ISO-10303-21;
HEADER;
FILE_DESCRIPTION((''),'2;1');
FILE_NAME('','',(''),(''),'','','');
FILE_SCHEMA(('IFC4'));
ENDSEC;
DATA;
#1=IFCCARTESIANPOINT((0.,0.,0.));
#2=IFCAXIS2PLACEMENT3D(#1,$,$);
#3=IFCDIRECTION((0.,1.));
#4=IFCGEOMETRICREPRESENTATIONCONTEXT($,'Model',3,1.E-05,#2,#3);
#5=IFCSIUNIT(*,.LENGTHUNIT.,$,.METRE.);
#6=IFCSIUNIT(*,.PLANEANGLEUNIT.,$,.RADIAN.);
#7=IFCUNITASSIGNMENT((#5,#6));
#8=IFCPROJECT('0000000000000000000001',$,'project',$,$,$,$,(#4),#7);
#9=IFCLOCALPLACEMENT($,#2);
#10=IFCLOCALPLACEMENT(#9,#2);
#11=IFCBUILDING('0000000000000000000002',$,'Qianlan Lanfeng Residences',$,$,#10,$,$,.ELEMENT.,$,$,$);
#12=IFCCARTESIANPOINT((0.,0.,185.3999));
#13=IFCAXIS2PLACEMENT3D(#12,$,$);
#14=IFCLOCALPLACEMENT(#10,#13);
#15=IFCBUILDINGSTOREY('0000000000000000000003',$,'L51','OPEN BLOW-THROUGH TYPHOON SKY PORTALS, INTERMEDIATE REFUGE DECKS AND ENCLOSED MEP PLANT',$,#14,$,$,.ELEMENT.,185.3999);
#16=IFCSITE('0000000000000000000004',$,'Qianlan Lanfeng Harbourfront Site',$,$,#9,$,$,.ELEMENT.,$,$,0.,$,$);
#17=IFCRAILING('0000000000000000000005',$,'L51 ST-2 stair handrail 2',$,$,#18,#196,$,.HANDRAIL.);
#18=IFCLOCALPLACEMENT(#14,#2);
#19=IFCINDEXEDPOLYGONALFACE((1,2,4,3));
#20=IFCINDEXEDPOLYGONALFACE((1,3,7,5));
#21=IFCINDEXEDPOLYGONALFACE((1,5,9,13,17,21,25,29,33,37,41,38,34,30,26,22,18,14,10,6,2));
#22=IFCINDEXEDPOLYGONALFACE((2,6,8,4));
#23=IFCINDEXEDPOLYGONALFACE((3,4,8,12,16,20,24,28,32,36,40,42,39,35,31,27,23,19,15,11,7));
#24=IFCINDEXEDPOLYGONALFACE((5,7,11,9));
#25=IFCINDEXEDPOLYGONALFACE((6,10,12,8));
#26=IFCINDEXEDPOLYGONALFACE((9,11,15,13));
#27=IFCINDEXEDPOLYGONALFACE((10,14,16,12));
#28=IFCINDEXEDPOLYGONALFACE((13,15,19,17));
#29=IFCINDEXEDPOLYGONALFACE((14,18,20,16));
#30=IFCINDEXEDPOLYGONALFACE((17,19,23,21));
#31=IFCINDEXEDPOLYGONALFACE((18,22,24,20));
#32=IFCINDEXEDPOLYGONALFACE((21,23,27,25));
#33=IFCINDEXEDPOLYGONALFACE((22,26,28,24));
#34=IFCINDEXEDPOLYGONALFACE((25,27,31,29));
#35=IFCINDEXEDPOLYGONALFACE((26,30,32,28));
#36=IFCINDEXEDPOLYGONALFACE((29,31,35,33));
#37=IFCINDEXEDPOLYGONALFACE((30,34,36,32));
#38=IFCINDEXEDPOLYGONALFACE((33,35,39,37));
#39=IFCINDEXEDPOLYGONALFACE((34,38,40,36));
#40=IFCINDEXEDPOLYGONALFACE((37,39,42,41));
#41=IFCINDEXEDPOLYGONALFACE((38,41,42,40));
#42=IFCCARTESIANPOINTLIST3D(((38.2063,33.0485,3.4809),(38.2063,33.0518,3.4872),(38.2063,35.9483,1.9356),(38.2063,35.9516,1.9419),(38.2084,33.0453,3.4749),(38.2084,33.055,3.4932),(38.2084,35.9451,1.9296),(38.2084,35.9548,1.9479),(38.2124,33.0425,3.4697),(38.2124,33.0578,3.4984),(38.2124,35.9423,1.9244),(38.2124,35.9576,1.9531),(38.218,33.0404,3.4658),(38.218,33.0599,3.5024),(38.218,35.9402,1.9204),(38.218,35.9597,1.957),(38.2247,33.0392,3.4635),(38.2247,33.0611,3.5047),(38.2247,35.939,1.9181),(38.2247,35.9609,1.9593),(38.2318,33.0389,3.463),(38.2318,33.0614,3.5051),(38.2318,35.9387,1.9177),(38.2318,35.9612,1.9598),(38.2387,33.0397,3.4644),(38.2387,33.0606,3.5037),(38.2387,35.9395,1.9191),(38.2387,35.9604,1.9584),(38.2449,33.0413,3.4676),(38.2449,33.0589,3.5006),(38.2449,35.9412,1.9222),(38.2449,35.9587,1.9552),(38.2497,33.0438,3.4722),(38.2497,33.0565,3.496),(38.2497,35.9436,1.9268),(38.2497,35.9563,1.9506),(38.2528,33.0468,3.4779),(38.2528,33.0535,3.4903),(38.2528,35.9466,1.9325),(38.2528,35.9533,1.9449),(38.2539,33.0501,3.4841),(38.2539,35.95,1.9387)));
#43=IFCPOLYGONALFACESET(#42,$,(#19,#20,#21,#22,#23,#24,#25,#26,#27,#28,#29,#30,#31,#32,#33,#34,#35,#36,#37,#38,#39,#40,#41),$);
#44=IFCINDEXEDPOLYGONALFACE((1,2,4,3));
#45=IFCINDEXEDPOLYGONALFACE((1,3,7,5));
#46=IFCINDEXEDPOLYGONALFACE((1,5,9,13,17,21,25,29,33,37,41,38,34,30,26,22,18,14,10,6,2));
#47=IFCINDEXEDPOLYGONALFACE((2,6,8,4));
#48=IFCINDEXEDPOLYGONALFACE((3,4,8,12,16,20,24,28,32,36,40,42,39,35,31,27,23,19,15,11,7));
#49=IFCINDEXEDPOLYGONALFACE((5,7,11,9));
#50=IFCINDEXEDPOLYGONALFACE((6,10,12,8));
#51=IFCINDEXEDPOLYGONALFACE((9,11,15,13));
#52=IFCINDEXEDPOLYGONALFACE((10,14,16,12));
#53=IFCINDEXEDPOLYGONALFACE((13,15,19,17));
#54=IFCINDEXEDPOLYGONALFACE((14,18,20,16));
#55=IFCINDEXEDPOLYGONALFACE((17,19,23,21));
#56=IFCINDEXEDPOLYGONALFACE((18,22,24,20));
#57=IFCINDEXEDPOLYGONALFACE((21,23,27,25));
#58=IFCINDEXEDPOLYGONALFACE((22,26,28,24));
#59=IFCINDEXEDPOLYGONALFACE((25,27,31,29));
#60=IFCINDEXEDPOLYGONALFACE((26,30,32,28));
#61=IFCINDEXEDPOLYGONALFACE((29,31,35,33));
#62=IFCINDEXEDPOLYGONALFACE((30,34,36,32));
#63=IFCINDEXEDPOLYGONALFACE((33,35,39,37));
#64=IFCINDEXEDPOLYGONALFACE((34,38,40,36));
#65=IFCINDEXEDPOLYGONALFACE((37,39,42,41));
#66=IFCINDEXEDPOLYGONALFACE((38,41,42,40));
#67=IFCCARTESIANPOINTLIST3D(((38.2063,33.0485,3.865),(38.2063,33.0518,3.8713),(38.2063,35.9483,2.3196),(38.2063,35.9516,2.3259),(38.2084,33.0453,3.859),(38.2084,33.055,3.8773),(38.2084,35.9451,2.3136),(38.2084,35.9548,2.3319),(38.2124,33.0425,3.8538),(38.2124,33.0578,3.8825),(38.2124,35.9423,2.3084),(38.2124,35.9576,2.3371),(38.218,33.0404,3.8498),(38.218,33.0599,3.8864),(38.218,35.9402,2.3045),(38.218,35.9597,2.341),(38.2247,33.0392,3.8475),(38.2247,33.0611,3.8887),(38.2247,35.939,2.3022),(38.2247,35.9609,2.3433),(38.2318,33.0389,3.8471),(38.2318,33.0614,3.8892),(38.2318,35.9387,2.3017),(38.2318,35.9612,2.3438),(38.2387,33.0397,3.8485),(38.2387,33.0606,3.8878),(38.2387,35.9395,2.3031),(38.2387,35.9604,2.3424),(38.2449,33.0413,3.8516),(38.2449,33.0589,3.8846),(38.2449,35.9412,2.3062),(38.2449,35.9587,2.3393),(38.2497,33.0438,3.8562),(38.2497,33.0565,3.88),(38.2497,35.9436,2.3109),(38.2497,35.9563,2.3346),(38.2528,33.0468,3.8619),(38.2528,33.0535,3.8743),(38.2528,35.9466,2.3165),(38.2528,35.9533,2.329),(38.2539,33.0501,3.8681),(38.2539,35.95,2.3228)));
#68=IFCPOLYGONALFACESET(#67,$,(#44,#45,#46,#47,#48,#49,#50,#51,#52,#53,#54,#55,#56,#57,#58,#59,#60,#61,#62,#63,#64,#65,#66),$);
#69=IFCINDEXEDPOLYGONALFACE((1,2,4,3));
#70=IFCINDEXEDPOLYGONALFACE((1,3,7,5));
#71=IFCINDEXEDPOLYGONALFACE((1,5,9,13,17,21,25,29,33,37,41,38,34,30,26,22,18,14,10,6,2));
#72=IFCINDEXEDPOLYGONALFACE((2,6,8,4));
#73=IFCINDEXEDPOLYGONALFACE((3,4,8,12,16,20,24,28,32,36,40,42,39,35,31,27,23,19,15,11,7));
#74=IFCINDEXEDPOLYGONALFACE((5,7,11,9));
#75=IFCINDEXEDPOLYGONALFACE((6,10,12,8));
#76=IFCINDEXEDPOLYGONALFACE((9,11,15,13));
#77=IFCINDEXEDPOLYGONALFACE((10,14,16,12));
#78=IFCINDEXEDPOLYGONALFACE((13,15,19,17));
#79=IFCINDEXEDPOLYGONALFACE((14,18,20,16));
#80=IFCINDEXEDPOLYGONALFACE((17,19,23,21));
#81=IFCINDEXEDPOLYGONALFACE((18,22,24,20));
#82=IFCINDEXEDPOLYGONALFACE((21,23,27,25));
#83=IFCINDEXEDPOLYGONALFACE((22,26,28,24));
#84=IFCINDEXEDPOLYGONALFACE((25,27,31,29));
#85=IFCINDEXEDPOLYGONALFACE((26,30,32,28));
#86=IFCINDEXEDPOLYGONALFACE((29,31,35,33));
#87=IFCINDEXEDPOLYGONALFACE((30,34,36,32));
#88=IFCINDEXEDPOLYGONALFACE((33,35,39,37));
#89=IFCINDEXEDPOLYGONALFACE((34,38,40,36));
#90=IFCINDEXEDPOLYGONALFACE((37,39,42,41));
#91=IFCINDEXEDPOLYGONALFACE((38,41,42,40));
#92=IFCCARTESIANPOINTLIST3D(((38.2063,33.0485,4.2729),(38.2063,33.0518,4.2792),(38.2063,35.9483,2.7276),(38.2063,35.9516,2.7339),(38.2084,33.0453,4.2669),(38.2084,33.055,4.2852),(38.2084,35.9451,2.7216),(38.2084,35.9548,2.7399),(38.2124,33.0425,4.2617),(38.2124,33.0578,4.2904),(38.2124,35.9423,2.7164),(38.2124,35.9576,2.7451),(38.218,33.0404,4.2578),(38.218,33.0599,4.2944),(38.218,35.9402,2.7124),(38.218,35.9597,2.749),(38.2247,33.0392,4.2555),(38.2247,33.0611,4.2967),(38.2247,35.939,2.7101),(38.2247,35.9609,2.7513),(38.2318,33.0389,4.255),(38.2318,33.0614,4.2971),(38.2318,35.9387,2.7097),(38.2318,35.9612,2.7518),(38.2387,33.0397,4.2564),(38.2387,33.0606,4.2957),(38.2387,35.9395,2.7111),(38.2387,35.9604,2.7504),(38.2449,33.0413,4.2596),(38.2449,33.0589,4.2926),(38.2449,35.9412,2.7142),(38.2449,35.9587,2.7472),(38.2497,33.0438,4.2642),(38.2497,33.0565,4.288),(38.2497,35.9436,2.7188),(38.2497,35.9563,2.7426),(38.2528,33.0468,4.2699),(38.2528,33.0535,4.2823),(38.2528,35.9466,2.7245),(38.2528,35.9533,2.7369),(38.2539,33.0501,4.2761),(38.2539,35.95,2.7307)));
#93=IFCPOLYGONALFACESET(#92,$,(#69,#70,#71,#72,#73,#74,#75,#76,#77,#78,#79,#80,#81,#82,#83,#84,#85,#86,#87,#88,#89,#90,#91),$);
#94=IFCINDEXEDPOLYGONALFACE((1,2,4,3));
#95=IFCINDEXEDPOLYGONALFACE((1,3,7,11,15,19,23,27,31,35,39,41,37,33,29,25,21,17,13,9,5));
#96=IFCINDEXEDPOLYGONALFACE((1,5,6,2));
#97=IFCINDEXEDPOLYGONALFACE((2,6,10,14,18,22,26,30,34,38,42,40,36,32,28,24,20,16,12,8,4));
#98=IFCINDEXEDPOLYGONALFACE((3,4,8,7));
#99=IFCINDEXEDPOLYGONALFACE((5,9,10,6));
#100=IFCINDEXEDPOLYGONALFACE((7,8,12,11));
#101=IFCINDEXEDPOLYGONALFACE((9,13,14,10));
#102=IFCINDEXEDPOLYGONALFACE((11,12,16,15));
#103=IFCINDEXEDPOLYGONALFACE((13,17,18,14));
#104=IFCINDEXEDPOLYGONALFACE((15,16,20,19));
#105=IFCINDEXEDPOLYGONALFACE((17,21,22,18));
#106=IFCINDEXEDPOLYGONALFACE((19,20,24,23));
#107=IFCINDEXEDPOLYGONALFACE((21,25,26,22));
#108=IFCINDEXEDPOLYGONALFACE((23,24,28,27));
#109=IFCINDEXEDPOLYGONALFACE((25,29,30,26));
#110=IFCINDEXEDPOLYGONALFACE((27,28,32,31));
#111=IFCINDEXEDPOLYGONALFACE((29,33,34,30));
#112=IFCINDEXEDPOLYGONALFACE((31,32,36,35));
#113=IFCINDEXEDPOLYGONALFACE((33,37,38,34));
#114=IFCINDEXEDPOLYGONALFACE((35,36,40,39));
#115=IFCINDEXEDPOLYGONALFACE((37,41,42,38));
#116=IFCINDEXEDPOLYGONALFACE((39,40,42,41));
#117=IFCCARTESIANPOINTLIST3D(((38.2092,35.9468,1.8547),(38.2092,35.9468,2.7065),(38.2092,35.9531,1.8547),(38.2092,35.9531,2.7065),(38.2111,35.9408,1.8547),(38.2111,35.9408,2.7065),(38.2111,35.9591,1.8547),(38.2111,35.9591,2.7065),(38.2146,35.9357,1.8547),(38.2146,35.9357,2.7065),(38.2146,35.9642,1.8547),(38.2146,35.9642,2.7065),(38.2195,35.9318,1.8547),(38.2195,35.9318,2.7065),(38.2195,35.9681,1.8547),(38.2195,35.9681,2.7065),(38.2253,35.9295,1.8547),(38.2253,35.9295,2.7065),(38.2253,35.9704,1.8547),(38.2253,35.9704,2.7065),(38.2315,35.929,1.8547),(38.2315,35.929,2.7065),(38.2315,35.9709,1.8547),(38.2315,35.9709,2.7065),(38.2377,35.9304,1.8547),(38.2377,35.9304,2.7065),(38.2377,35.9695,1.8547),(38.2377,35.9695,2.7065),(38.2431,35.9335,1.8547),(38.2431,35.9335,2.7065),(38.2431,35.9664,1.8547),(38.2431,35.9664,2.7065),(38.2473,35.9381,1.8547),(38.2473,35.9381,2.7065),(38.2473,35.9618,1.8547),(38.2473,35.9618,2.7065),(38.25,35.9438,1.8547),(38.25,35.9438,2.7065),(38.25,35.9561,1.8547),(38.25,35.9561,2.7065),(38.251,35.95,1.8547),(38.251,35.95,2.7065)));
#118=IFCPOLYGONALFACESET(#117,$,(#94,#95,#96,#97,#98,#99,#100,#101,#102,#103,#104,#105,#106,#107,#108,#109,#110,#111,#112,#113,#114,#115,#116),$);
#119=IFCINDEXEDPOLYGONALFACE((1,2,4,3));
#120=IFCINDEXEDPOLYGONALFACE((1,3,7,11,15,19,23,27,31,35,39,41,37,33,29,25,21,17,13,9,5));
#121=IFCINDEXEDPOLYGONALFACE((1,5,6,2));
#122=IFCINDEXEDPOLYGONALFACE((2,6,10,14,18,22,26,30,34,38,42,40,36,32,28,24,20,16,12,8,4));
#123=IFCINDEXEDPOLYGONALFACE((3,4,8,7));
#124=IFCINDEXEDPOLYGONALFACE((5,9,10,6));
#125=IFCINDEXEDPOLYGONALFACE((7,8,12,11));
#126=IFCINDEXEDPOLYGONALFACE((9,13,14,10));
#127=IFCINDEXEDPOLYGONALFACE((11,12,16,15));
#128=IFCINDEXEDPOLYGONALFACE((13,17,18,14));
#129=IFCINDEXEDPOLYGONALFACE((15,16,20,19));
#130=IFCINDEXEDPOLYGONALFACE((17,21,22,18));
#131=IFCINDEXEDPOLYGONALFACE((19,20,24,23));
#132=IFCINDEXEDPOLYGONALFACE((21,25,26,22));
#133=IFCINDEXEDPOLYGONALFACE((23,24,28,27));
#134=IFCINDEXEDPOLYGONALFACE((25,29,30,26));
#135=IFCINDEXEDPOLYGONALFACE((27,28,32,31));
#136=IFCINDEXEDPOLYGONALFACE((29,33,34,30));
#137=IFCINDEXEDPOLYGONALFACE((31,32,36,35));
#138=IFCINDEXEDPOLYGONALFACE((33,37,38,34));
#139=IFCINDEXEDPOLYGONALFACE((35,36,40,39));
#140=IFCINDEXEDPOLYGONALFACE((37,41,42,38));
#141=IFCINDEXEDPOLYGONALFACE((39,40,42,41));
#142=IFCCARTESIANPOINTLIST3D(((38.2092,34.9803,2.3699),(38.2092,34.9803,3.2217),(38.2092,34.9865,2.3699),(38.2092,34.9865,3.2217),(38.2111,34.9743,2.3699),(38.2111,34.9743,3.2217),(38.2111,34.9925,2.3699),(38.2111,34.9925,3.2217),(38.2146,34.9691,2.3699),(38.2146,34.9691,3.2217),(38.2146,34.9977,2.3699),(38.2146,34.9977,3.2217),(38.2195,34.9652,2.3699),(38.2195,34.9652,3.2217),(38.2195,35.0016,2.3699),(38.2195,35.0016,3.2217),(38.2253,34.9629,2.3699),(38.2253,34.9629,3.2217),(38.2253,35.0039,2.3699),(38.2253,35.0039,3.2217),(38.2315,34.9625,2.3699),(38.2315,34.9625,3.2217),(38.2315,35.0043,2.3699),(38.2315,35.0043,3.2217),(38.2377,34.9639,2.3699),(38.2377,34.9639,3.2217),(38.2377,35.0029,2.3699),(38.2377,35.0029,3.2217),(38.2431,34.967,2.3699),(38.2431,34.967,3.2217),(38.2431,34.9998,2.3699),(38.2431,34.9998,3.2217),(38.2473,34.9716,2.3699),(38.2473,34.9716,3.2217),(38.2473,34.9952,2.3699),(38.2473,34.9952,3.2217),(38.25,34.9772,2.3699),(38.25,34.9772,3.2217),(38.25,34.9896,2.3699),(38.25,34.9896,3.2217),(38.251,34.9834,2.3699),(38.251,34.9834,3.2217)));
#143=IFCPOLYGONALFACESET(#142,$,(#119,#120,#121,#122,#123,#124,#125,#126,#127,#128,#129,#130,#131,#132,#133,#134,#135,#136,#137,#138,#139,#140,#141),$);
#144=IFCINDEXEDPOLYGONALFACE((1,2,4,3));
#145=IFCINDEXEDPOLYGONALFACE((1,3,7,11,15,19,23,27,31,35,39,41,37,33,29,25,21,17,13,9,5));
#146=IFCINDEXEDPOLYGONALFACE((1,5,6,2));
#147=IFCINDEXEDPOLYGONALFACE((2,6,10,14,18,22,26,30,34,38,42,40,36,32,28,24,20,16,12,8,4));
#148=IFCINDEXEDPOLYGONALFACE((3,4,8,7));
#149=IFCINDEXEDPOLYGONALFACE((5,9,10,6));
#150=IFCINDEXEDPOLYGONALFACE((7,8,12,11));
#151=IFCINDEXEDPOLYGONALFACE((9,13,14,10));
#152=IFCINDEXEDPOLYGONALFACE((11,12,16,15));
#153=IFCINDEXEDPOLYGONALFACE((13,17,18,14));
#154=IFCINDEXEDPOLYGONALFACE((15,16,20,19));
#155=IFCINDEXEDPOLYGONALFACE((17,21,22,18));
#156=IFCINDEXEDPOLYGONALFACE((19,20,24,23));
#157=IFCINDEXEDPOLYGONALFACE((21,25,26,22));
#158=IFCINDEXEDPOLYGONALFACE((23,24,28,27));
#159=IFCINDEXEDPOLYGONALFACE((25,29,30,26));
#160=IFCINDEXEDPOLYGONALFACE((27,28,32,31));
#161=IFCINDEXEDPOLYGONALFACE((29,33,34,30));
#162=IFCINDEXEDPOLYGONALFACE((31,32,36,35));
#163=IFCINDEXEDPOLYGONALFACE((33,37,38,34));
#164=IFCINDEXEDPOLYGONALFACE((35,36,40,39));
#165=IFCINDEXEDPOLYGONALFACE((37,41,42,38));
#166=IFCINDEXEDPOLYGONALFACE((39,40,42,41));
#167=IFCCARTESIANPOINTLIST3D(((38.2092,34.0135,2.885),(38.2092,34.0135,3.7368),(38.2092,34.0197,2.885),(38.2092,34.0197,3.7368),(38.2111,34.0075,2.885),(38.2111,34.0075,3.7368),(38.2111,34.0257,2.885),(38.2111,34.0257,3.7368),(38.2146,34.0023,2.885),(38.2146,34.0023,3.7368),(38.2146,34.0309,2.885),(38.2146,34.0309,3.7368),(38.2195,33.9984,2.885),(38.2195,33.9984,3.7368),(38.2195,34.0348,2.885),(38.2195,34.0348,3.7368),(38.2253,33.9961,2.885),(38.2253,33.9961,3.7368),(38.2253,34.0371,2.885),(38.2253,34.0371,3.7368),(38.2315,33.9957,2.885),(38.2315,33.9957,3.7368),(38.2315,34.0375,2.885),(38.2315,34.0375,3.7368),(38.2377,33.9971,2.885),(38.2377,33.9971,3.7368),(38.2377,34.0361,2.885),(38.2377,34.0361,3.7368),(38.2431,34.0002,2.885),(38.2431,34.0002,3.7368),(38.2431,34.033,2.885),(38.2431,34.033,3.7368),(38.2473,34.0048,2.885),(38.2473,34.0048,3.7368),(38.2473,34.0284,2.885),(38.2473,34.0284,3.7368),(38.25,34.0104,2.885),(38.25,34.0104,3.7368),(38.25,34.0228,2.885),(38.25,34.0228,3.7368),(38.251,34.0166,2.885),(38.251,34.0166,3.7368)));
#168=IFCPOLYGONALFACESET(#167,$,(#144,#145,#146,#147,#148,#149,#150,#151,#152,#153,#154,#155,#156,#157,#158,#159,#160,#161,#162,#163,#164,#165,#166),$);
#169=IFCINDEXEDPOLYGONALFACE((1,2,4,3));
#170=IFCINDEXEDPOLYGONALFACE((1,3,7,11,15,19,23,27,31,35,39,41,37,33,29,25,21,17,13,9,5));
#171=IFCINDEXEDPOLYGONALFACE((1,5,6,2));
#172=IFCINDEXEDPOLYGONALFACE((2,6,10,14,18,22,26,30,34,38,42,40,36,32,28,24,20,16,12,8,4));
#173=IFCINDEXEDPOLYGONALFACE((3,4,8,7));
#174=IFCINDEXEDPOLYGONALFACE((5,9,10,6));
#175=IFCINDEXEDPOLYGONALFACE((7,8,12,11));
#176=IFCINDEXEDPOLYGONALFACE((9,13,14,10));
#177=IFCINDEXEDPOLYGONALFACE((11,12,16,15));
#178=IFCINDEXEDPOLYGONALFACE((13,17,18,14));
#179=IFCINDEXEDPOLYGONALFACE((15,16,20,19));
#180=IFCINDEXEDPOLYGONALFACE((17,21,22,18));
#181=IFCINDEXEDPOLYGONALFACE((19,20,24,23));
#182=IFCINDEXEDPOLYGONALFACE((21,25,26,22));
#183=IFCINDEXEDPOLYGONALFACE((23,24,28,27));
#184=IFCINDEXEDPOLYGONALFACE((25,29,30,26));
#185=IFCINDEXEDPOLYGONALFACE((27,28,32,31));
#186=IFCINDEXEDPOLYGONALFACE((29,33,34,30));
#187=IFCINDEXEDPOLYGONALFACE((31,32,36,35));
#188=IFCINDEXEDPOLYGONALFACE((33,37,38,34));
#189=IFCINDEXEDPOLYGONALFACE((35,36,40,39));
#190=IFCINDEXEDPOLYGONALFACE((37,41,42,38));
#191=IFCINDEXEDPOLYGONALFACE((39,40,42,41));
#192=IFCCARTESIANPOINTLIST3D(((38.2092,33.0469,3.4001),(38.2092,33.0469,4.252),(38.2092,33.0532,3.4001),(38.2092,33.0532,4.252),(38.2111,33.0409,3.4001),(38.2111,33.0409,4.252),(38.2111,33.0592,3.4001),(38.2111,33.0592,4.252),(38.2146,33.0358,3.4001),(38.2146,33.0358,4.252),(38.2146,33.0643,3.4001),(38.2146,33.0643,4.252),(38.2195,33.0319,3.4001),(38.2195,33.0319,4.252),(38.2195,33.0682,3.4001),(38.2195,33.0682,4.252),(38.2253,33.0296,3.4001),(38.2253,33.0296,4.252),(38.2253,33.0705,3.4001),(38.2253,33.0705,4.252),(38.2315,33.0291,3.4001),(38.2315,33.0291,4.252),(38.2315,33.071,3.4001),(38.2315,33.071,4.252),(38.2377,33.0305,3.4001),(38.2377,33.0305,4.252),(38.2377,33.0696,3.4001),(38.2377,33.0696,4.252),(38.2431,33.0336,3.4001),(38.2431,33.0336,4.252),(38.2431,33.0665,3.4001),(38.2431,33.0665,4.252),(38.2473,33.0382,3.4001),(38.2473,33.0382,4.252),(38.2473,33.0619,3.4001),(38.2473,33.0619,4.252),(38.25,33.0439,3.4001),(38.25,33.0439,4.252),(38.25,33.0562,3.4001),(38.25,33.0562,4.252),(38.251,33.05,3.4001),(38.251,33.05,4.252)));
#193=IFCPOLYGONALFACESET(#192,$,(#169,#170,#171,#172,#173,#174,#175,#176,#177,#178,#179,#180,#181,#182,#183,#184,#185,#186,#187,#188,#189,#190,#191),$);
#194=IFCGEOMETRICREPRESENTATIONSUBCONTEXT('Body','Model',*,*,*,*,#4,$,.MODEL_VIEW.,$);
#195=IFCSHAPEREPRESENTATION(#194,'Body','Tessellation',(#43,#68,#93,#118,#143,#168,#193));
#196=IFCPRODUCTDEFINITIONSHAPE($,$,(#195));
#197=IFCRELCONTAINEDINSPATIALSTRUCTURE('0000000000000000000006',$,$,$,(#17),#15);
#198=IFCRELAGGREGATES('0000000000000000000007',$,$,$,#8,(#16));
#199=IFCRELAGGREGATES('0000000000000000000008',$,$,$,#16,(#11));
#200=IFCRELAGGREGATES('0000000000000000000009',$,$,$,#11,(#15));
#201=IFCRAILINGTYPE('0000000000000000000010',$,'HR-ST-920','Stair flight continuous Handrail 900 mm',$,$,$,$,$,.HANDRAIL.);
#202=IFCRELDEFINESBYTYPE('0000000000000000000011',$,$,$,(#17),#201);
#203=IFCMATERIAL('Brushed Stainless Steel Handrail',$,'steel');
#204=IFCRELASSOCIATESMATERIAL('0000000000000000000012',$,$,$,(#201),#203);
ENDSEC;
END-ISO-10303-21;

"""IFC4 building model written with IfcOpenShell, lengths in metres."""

from ifc_helpers import new_model, si_unit, direction, frame, origin, origin_2d, place, context, subcontext, project, spatial, circle, extrude, material, type_object, element, save


model = new_model("IFC4")

# Units and contexts
model_context = context("Model", 3, precision=1e-05, world=origin(), true_north=direction((0.0, 1.0)))
body_context = subcontext(model_context, "Body", "Model", "MODEL_VIEW")
ifc_project = project(units=[si_unit("LENGTHUNIT", "METRE"), si_unit("PLANEANGLEUNIT", "RADIAN")], contexts=[model_context])

# Site, building, storey
site_placement = place(None, origin())
site = spatial("IfcSite", under=ifc_project, at=site_placement, Name="Qianlan Lanfeng Harbourfront Site", CompositionType="ELEMENT", RefElevation=0.0)
building_placement = place(site_placement, origin())
building = spatial("IfcBuilding", under=site, at=building_placement, Name="Qianlan Lanfeng Residences", CompositionType="ELEMENT")
storey_placement = place(building_placement, frame((0.0, 0.0, 185.3999)))
storey = spatial("IfcBuildingStorey", under=building, at=storey_placement, Name="L51", Description="OPEN BLOW-THROUGH TYPHOON SKY PORTALS, INTERMEDIATE REFUGE DECKS AND ENCLOSED MEP PLANT", CompositionType="ELEMENT", Elevation=185.3999)

# Railing
ifc_material_1 = material(Name="Brushed Stainless Steel Handrail", Category="steel")
railing_type_1 = type_object("IfcRailingType", Name="HR-ST-920", Description="Stair flight continuous Handrail 900 mm", PredefinedType="HANDRAIL", material=ifc_material_1)
for number, where, name in (
    (1, (38.23, 35.95, 1.8547), "L51 ST-2 stair handrail 2"),
):
    element("IfcRailing", number, at=place(storey_placement, frame(where)), inside=storey, type_object=railing_type_1, Name=name, PredefinedType="HANDRAIL", context=body_context, shape_type="SweptSolid", body=[
        extrude(circle(Radius=0.0239, at=origin_2d()), frame((0.0, 0.0, 0.084), z_axis=(0.0, -0.882505, 0.470303), x_axis=(1.0, 0.0, 0.0)), (0.0, 0.0, 1.0), 3.2859),
        extrude(circle(Radius=0.0239, at=origin_2d()), frame((0.0, 0.0, 0.468), z_axis=(0.0, -0.882505, 0.470303), x_axis=(1.0, 0.0, 0.0)), (0.0, 0.0, 1.0), 3.2859),
        extrude(circle(Radius=0.0239, at=origin_2d()), frame((0.0, 0.0, 0.876), z_axis=(0.0, -0.882505, 0.470303), x_axis=(1.0, 0.0, 0.0)), (0.0, 0.0, 1.0), 3.2859),
        extrude(circle(Radius=0.021, at=origin_2d()), origin(), (0.0, 0.0, 1.0), 0.8518),
        extrude(circle(Radius=0.021, at=origin_2d()), frame((0.0, -0.9666, 0.5151)), (0.0, 0.0, 1.0), 0.8518),
        extrude(circle(Radius=0.021, at=origin_2d()), frame((0.0, -1.9333, 1.0303)), (0.0, 0.0, 1.0), 0.8518),
        extrude(circle(Radius=0.021, at=origin_2d()), frame((0.0, -2.8999, 1.5454)), (0.0, 0.0, 1.0), 0.8518),
    ])

save(model, "model.ifc")
